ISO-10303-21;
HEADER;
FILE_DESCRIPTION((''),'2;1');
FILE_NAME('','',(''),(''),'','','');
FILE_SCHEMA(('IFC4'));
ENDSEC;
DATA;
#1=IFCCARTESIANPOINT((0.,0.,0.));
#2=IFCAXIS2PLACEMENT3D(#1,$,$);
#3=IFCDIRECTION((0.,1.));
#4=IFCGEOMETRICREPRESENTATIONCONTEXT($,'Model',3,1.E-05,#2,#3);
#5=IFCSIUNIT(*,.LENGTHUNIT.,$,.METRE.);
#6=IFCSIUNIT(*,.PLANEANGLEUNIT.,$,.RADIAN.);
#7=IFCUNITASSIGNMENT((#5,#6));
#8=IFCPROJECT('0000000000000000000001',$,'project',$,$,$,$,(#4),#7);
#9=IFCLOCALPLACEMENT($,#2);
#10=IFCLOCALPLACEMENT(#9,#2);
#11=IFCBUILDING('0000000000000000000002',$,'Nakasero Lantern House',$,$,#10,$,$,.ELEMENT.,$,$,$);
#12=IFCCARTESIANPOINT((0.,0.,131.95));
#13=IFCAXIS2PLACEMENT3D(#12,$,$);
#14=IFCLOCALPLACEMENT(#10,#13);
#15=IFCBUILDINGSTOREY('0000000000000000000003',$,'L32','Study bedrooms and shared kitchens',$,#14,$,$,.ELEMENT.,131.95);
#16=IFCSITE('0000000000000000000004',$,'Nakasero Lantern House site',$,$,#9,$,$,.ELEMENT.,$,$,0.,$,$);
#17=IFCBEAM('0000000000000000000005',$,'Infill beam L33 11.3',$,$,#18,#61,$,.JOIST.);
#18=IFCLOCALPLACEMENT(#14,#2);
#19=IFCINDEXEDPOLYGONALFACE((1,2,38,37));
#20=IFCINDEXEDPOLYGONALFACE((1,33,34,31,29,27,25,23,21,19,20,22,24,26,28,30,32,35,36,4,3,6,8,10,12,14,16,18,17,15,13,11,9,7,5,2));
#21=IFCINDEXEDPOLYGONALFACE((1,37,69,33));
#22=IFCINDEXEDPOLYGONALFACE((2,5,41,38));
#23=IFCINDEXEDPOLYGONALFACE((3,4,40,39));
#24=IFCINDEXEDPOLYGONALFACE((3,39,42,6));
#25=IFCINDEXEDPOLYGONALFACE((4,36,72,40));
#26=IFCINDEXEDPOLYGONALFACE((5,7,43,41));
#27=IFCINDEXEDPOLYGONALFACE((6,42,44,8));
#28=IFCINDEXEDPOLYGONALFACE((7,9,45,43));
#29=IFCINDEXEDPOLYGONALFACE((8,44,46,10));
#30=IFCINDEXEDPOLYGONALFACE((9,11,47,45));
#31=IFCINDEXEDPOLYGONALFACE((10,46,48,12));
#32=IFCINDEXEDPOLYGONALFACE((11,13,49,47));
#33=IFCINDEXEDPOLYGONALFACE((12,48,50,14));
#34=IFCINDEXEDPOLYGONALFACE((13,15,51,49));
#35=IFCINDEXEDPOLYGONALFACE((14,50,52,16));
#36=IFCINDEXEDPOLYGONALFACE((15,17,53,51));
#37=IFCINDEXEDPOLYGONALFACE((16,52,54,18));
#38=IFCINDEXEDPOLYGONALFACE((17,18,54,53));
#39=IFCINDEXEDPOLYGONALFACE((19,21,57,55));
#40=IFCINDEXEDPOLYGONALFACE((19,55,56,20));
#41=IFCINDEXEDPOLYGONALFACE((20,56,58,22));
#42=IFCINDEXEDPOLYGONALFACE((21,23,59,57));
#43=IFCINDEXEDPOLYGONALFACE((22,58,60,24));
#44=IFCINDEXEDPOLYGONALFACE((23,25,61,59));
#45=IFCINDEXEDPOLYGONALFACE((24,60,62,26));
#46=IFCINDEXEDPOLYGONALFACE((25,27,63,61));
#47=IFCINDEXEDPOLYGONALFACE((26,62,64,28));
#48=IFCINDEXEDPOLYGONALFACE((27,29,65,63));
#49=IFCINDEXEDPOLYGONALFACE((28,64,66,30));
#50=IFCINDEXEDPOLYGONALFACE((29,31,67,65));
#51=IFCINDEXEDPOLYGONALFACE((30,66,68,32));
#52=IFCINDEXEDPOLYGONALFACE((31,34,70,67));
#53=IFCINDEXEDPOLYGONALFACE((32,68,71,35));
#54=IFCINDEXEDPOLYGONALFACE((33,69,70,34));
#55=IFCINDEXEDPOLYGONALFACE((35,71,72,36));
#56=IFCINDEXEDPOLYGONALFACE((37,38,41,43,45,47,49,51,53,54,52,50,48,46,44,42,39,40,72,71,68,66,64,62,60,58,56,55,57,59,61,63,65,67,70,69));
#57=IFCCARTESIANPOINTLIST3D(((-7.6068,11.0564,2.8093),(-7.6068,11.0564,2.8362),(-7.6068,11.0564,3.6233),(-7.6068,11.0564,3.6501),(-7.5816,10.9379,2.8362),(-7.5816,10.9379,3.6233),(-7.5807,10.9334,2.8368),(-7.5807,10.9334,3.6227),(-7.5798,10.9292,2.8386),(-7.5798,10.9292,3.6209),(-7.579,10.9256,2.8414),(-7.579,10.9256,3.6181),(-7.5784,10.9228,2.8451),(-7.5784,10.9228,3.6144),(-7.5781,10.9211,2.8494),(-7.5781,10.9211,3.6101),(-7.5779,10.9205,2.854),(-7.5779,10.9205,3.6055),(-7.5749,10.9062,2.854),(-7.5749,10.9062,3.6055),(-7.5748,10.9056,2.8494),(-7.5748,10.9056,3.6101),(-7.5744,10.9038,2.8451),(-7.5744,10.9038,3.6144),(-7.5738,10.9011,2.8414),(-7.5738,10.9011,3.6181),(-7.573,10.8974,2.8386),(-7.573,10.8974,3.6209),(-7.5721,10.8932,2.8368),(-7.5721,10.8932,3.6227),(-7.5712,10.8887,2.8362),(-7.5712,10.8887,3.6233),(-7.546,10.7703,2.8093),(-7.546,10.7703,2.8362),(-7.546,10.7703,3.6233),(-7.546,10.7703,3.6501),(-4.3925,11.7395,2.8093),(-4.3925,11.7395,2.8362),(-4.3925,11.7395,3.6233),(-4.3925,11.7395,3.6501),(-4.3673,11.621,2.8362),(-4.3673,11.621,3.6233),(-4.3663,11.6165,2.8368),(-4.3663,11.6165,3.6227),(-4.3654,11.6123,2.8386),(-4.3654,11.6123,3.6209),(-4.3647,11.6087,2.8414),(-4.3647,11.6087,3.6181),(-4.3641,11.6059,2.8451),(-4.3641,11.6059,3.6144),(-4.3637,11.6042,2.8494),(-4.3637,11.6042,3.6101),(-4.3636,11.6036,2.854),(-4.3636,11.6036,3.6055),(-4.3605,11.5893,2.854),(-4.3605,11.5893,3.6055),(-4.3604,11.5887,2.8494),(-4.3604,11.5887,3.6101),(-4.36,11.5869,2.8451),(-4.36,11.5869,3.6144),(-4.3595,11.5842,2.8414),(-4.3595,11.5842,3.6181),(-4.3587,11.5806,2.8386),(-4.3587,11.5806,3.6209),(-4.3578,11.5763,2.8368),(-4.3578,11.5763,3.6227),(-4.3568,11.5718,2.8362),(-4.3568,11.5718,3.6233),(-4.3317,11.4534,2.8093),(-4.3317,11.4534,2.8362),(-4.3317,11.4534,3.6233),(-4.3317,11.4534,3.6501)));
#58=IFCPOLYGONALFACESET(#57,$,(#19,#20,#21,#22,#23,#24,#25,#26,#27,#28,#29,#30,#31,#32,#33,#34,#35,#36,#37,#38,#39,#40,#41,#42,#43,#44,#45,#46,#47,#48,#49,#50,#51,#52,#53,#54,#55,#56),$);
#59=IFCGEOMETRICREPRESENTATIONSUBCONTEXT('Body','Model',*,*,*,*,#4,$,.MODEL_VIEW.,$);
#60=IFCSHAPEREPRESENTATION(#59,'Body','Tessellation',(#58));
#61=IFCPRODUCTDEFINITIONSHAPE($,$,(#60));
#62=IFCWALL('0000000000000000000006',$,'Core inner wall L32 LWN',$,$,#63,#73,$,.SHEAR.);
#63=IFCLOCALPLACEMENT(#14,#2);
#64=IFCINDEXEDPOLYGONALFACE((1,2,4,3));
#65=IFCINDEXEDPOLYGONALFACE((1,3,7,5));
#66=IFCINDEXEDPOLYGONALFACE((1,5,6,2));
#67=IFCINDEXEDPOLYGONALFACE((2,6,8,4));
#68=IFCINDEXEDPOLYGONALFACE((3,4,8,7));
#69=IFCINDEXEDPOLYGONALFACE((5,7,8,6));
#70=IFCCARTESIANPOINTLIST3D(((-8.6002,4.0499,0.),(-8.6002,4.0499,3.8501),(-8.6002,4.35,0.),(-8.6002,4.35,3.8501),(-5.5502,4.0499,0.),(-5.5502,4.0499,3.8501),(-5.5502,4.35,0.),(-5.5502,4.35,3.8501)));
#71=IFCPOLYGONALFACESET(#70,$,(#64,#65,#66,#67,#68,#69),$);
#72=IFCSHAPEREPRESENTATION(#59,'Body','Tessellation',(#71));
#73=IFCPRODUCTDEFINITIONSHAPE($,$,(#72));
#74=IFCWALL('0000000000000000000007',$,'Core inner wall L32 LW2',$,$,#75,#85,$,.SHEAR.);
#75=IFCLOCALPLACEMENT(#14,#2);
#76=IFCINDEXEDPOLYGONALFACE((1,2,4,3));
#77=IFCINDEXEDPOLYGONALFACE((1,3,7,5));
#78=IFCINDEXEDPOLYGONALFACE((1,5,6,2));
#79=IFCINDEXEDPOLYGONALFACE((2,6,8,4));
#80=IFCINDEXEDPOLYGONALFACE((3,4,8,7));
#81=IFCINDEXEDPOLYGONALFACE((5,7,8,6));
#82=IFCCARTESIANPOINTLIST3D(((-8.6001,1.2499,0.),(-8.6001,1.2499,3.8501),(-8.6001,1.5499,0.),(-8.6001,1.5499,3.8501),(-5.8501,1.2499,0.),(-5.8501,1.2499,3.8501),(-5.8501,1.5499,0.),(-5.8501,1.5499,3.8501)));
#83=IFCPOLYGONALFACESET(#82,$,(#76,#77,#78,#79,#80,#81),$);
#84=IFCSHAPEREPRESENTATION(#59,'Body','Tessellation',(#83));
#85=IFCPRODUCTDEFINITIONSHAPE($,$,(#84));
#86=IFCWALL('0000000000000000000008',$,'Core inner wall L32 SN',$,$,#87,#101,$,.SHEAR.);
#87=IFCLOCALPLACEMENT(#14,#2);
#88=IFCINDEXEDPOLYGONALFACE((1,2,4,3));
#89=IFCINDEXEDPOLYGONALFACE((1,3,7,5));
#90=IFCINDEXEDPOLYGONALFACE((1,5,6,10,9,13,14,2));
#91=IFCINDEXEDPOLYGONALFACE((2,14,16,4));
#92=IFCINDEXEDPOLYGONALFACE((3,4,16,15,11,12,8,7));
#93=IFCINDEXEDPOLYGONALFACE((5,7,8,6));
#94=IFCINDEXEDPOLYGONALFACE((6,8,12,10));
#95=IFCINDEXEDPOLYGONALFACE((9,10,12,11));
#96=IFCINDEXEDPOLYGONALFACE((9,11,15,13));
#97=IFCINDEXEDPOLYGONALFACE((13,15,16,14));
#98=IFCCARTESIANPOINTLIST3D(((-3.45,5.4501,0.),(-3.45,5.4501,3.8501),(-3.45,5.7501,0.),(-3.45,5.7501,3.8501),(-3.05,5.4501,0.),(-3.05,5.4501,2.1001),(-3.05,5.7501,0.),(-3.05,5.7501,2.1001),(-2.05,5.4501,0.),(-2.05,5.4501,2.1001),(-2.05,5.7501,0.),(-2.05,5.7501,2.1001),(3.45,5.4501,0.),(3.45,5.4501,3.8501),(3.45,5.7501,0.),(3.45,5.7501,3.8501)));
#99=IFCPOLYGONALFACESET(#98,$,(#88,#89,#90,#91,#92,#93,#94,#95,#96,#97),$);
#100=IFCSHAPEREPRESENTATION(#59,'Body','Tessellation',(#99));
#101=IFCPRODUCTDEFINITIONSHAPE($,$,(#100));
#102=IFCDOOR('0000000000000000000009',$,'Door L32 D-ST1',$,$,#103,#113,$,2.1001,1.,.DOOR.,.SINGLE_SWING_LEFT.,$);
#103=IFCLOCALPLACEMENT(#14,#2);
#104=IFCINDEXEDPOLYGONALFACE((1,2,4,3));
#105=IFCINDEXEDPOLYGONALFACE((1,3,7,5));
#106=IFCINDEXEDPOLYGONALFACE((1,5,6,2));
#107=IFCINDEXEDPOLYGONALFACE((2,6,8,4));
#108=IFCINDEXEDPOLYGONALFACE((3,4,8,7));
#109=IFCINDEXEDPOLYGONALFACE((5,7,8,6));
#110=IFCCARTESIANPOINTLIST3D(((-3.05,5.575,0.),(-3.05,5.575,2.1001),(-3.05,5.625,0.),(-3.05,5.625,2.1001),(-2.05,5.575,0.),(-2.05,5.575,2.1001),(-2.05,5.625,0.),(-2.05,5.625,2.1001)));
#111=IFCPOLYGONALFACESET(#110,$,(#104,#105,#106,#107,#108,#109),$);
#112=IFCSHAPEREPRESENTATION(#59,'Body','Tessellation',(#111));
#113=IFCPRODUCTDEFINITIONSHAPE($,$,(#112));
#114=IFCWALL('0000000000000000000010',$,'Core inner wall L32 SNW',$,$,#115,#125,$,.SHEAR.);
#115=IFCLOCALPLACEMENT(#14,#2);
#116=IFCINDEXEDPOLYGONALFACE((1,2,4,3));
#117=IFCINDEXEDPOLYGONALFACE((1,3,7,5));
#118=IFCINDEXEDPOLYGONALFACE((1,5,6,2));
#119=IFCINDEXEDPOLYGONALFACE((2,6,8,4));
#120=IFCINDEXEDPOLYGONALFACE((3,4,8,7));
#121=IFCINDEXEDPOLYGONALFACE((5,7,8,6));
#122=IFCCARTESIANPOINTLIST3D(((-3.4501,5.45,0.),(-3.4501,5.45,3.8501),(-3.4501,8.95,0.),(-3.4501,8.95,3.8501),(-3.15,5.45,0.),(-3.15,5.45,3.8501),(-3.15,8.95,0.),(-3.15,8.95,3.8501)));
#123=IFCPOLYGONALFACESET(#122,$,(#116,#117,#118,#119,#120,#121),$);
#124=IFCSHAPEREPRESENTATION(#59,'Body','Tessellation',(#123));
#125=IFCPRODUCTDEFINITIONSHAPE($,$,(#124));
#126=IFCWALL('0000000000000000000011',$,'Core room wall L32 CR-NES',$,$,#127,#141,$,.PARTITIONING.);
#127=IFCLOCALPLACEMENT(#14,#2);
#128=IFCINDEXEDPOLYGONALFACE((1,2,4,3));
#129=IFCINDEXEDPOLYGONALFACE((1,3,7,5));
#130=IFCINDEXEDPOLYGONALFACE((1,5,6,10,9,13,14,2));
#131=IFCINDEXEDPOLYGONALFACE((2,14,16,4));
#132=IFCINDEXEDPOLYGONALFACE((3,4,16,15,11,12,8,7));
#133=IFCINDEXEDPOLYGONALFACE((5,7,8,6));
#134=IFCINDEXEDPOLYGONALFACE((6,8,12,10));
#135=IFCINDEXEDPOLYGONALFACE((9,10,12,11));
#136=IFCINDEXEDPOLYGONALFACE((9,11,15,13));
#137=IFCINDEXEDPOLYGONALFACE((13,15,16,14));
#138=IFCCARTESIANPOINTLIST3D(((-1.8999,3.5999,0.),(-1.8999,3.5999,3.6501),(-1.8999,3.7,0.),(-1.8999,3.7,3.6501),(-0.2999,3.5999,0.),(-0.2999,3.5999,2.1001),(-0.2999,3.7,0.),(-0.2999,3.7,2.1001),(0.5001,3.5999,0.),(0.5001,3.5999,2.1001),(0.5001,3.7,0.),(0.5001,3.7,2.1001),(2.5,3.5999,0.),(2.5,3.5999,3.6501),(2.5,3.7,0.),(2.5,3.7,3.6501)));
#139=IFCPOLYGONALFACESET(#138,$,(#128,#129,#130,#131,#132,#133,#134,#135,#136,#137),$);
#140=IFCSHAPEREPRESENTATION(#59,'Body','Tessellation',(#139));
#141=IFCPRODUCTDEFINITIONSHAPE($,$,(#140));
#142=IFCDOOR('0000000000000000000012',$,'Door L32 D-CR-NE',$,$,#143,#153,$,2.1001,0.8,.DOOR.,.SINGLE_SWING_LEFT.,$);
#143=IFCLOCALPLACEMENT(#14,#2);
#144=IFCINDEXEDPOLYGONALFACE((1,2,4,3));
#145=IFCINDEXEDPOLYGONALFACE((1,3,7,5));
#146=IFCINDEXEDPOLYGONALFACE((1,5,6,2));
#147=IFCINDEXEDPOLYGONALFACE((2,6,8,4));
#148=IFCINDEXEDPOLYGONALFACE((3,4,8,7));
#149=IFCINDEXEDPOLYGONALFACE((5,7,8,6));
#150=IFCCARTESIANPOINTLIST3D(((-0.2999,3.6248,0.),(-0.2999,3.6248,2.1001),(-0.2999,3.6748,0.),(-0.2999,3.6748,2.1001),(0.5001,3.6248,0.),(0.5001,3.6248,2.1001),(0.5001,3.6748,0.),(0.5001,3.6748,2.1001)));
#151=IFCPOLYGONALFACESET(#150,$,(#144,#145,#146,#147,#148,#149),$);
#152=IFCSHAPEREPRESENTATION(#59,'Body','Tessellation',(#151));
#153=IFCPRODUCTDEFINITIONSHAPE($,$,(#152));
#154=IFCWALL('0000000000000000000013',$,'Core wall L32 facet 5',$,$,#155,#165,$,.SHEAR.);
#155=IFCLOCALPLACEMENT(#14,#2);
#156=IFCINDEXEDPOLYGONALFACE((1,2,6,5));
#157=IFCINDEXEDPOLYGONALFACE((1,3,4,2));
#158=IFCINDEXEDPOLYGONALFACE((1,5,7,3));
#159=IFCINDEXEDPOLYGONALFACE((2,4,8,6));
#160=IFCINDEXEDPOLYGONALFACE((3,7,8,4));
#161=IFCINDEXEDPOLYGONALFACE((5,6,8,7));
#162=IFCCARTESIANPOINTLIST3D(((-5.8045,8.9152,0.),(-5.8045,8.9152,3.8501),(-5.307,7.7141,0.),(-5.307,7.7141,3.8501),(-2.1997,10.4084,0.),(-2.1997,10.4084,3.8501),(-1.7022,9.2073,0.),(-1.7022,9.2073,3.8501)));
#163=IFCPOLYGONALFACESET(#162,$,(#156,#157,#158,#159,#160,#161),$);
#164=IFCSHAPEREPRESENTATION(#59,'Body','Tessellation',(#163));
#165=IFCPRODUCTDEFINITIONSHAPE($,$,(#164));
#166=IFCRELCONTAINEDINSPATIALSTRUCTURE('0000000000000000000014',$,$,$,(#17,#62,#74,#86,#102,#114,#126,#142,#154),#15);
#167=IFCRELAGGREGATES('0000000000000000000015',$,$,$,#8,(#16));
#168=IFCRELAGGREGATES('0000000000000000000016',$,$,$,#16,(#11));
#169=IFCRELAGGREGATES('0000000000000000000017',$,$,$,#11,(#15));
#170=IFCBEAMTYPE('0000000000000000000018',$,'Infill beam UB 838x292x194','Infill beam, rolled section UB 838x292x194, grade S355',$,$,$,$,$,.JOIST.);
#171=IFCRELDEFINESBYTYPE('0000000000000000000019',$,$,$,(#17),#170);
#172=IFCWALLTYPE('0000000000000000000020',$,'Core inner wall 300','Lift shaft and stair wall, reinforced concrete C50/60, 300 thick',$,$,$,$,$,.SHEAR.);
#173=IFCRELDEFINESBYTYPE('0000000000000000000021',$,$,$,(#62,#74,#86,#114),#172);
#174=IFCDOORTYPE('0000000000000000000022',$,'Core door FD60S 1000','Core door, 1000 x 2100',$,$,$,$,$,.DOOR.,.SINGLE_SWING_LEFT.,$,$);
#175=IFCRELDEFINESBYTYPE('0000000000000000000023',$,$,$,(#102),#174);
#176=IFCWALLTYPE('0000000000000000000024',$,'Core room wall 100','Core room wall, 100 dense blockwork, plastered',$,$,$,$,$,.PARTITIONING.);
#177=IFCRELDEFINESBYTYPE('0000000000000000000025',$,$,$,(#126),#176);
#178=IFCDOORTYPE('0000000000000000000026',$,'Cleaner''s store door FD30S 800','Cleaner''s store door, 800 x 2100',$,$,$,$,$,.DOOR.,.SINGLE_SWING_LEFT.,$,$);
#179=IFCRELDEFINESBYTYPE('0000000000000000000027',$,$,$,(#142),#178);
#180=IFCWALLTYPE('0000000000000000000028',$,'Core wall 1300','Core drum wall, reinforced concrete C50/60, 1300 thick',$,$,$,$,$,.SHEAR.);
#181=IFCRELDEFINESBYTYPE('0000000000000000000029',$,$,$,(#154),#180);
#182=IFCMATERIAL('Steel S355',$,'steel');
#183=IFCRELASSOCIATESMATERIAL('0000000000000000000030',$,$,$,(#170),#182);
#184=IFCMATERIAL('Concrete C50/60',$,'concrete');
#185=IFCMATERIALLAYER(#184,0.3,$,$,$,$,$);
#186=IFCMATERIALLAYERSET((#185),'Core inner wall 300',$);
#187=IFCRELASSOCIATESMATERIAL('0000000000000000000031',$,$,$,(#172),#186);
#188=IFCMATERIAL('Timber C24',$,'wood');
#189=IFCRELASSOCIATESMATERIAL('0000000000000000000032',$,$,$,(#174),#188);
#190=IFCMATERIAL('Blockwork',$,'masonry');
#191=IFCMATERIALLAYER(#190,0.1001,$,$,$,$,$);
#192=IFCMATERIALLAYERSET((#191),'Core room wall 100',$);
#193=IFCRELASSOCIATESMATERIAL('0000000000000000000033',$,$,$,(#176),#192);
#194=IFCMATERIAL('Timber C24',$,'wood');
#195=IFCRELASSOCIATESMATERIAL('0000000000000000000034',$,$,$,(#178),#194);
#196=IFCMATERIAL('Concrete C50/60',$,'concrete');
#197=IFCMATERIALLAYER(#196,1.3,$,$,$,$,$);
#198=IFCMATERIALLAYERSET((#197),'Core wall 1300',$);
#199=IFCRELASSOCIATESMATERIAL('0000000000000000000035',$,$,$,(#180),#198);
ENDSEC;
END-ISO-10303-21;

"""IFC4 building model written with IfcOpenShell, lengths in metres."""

from ifc_helpers import new_model, si_unit, direction, frame, frame_2d, origin, origin_2d, place, context, subcontext, project, spatial, rectangle, i_section, extrude, material, layer, layer_set, material_profile, profile_set, type_object, element, fill, save


model = new_model("IFC4")

# Units and contexts
model_context = context("Model", 3, precision=1e-05, world=origin(), true_north=direction((0.0, 1.0)))
body_context = subcontext(model_context, "Body", "Model", "MODEL_VIEW")
ifc_project = project(units=[si_unit("LENGTHUNIT", "METRE"), si_unit("PLANEANGLEUNIT", "RADIAN")], contexts=[model_context])

# Site, building, storey
site_placement = place(None, origin())
site = spatial("IfcSite", under=ifc_project, at=site_placement, Name="Nakasero Lantern House site", CompositionType="ELEMENT", RefElevation=0.0)
building_placement = place(site_placement, origin())
building = spatial("IfcBuilding", under=site, at=building_placement, Name="Nakasero Lantern House", CompositionType="ELEMENT")
storey_placement = place(building_placement, frame((0.0, 0.0, 131.95)))
storey = spatial("IfcBuildingStorey", under=building, at=storey_placement, Name="L32", Description="Study bedrooms and shared kitchens", CompositionType="ELEMENT", Elevation=131.95)

# Beam
ifc_material_1 = material(Name="Steel S355", Category="steel")
ifc_material_profile = material_profile(ifc_material_1, i_section(OverallWidth=0.2925, OverallDepth=0.8408, WebThickness=0.0146, FlangeThickness=0.0269, FilletRadius=0.0178, at=origin_2d()), Name="UB 838x292x194")
ifc_profile_set = profile_set([ifc_material_profile], Name="Steel S355")
beam_type = type_object("IfcBeamType", Name="Infill beam UB 838x292x194", Description="Infill beam, rolled section UB 838x292x194, grade S355", PredefinedType="JOIST", material=ifc_profile_set)
beam_1_placement = place(storey_placement, frame((-7.5764, 10.9133, 3.2297), z_axis=(0.978155, 0.207875, 0.0), x_axis=(-0.207875, 0.978155, 0.0)))
element("IfcBeam", 1, at=beam_1_placement, inside=storey, type_object=beam_type, Name="Infill beam L33 11.3", PredefinedType="JOIST", context=body_context, shape_type="SweptSolid", body=[
    extrude(i_section(OverallWidth=0.2925, OverallDepth=0.8408, WebThickness=0.0146, FlangeThickness=0.0269, FilletRadius=0.0178, at=origin_2d()), origin(), (0.0, 0.0, 1.0), 3.2861),
])

# Walls
ifc_material_2 = material(Name="Concrete C50/60", Category="concrete")
ifc_layer_1 = layer(ifc_material_2, 0.3)
ifc_layer_set_1 = layer_set([ifc_layer_1], Name="Core inner wall 300")
wall_type_1 = type_object("IfcWallType", Name="Core inner wall 300", Description="Lift shaft and stair wall, reinforced concrete C50/60, 300 thick", PredefinedType="SHEAR", material=ifc_layer_set_1)
wall_1_placement = place(storey_placement, frame((-8.6001, 4.2, 0.0), z_axis=(0.0, 0.0, 1.0), x_axis=(1.0, 0.0, 0.0)))
element("IfcWall", 2, at=wall_1_placement, inside=storey, type_object=wall_type_1, Name="Core inner wall L32 LWN", PredefinedType="SHEAR", context=body_context, shape_type="SweptSolid", body=[
    extrude(rectangle(XDim=3.05, YDim=0.3, at=frame_2d((1.5249, 0.0))), origin(), (0.0, 0.0, 1.0), 3.8501),
])
wall_2_placement = place(storey_placement, frame((-8.6001, 1.3999, 0.0), z_axis=(0.0, 0.0, 1.0), x_axis=(1.0, 0.0, 0.0)))
element("IfcWall", 3, at=wall_2_placement, inside=storey, type_object=wall_type_1, Name="Core inner wall L32 LW2", PredefinedType="SHEAR", context=body_context, shape_type="SweptSolid", body=[
    extrude(rectangle(XDim=2.75, YDim=0.3, at=frame_2d((1.375, 0.0))), origin(), (0.0, 0.0, 1.0), 3.8501),
])

# Wall, opening, door
wall_3_placement = place(storey_placement, frame((-3.45, 5.6001, 0.0), z_axis=(0.0, 0.0, 1.0), x_axis=(1.0, 0.0, 0.0)))
wall_3 = element("IfcWall", 4, at=wall_3_placement, inside=storey, type_object=wall_type_1, Name="Core inner wall L32 SN", PredefinedType="SHEAR", context=body_context, shape_type="SweptSolid", body=[
    extrude(rectangle(XDim=6.8999, YDim=0.3, at=frame_2d((3.45, 0.0))), origin(), (0.0, 0.0, 1.0), 3.8501),
])
opening_1_placement = place(wall_3_placement, frame((0.3999, 0.0, 0.0)))
opening_1 = element("IfcOpeningElement", 5, at=opening_1_placement, cuts=wall_3, PredefinedType="OPENING", context=body_context, shape_type="SweptSolid", body=[
    extrude(rectangle(XDim=1.0, YDim=2.1001, at=frame_2d((0.5, 1.05))), frame((0.0, 0.1699, 0.0), z_axis=(0.0, -1.0, 0.0), x_axis=(1.0, 0.0, 0.0)), (0.0, 0.0, 1.0), 0.3401),
])
ifc_material_3 = material(Name="Timber C24", Category="wood")
door_type_1 = type_object("IfcDoorType", Name="Core door FD60S 1000", Description="Core door, 1000 x 2100", OperationType="SINGLE_SWING_LEFT", PredefinedType="DOOR", material=ifc_material_3)
door_1_placement = place(opening_1_placement, origin())
door_1 = element("IfcDoor", 6, at=door_1_placement, inside=storey, type_object=door_type_1, Name="Door L32 D-ST1", OperationType="SINGLE_SWING_LEFT", OverallHeight=2.1001, OverallWidth=1.0, PredefinedType="DOOR", context=body_context, shape_type="SweptSolid", body=[
    extrude(rectangle(XDim=1.0, YDim=2.1001, at=frame_2d((0.5, 1.05))), frame((0.0, 0.0249, 0.0), z_axis=(0.0, -1.0, 0.0), x_axis=(1.0, 0.0, 0.0)), (0.0, 0.0, 1.0), 0.05),
])
fill(opening_1, door_1)

# Wall
wall_4_placement = place(storey_placement, frame((-3.3, 5.45, 0.0), z_axis=(0.0, 0.0, 1.0), x_axis=(0.0, 1.0, 0.0)))
element("IfcWall", 7, at=wall_4_placement, inside=storey, type_object=wall_type_1, Name="Core inner wall L32 SNW", PredefinedType="SHEAR", context=body_context, shape_type="SweptSolid", body=[
    extrude(rectangle(XDim=3.5, YDim=0.3, at=frame_2d((1.75, 0.0))), origin(), (0.0, 0.0, 1.0), 3.8501),
])

# Wall, opening, door
ifc_material_4 = material(Name="Blockwork", Category="masonry")
ifc_layer_2 = layer(ifc_material_4, 0.1001)
ifc_layer_set_2 = layer_set([ifc_layer_2], Name="Core room wall 100")
wall_type_2 = type_object("IfcWallType", Name="Core room wall 100", Description="Core room wall, 100 dense blockwork, plastered", PredefinedType="PARTITIONING", material=ifc_layer_set_2)
wall_5_placement = place(storey_placement, frame((-1.8999, 3.6499, 0.0), z_axis=(0.0, 0.0, 1.0), x_axis=(1.0, 0.0, 0.0)))
wall_5 = element("IfcWall", 8, at=wall_5_placement, inside=storey, type_object=wall_type_2, Name="Core room wall L32 CR-NES", PredefinedType="PARTITIONING", context=body_context, shape_type="SweptSolid", body=[
    extrude(rectangle(XDim=4.3999, YDim=0.1001, at=frame_2d((2.2, 0.0))), origin(), (0.0, 0.0, 1.0), 3.6501),
])
opening_2_placement = place(wall_5_placement, frame((1.6001, 0.0, 0.0)))
opening_2 = element("IfcOpeningElement", 9, at=opening_2_placement, cuts=wall_5, PredefinedType="OPENING", context=body_context, shape_type="SweptSolid", body=[
    extrude(rectangle(XDim=0.8, YDim=2.1001, at=frame_2d((0.3999, 1.05))), frame((0.0, 0.0701, 0.0), z_axis=(0.0, -1.0, 0.0), x_axis=(1.0, 0.0, 0.0)), (0.0, 0.0, 1.0), 0.1401),
])
ifc_material_5 = material(Name="Timber C24", Category="wood")
door_type_2 = type_object("IfcDoorType", Name="Cleaner's store door FD30S 800", Description="Cleaner's store door, 800 x 2100", OperationType="SINGLE_SWING_LEFT", PredefinedType="DOOR", material=ifc_material_5)
door_2_placement = place(opening_2_placement, origin())
door_2 = element("IfcDoor", 10, at=door_2_placement, inside=storey, type_object=door_type_2, Name="Door L32 D-CR-NE", OperationType="SINGLE_SWING_LEFT", OverallHeight=2.1001, OverallWidth=0.8, PredefinedType="DOOR", context=body_context, shape_type="SweptSolid", body=[
    extrude(rectangle(XDim=0.8, YDim=2.1001, at=frame_2d((0.3999, 1.05))), frame((0.0, 0.0249, 0.0), z_axis=(0.0, -1.0, 0.0), x_axis=(1.0, 0.0, 0.0)), (0.0, 0.0, 1.0), 0.05),
])
fill(opening_2, door_2)

# Wall
ifc_material_6 = material(Name="Concrete C50/60", Category="concrete")
ifc_layer_3 = layer(ifc_material_6, 1.3)
ifc_layer_set_3 = layer_set([ifc_layer_3], Name="Core wall 1300")
wall_type_3 = type_object("IfcWallType", Name="Core wall 1300", Description="Core drum wall, reinforced concrete C50/60, 1300 thick", PredefinedType="SHEAR", material=ifc_layer_set_3)
wall_6_placement = place(storey_placement, frame((-1.9509, 9.8079, 0.0), z_axis=(0.0, 0.0, 1.0), x_axis=(-0.923877, -0.382691, 0.0)))
element("IfcWall", 11, at=wall_6_placement, inside=storey, type_object=wall_type_3, Name="Core wall L32 facet 5", PredefinedType="SHEAR", context=body_context, shape_type="SweptSolid", body=[
    extrude(rectangle(XDim=3.9019, YDim=1.3, at=frame_2d((1.9509, 0.0))), origin(), (0.0, 0.0, 1.0), 3.8501),
])

save(model, "model.ifc")
